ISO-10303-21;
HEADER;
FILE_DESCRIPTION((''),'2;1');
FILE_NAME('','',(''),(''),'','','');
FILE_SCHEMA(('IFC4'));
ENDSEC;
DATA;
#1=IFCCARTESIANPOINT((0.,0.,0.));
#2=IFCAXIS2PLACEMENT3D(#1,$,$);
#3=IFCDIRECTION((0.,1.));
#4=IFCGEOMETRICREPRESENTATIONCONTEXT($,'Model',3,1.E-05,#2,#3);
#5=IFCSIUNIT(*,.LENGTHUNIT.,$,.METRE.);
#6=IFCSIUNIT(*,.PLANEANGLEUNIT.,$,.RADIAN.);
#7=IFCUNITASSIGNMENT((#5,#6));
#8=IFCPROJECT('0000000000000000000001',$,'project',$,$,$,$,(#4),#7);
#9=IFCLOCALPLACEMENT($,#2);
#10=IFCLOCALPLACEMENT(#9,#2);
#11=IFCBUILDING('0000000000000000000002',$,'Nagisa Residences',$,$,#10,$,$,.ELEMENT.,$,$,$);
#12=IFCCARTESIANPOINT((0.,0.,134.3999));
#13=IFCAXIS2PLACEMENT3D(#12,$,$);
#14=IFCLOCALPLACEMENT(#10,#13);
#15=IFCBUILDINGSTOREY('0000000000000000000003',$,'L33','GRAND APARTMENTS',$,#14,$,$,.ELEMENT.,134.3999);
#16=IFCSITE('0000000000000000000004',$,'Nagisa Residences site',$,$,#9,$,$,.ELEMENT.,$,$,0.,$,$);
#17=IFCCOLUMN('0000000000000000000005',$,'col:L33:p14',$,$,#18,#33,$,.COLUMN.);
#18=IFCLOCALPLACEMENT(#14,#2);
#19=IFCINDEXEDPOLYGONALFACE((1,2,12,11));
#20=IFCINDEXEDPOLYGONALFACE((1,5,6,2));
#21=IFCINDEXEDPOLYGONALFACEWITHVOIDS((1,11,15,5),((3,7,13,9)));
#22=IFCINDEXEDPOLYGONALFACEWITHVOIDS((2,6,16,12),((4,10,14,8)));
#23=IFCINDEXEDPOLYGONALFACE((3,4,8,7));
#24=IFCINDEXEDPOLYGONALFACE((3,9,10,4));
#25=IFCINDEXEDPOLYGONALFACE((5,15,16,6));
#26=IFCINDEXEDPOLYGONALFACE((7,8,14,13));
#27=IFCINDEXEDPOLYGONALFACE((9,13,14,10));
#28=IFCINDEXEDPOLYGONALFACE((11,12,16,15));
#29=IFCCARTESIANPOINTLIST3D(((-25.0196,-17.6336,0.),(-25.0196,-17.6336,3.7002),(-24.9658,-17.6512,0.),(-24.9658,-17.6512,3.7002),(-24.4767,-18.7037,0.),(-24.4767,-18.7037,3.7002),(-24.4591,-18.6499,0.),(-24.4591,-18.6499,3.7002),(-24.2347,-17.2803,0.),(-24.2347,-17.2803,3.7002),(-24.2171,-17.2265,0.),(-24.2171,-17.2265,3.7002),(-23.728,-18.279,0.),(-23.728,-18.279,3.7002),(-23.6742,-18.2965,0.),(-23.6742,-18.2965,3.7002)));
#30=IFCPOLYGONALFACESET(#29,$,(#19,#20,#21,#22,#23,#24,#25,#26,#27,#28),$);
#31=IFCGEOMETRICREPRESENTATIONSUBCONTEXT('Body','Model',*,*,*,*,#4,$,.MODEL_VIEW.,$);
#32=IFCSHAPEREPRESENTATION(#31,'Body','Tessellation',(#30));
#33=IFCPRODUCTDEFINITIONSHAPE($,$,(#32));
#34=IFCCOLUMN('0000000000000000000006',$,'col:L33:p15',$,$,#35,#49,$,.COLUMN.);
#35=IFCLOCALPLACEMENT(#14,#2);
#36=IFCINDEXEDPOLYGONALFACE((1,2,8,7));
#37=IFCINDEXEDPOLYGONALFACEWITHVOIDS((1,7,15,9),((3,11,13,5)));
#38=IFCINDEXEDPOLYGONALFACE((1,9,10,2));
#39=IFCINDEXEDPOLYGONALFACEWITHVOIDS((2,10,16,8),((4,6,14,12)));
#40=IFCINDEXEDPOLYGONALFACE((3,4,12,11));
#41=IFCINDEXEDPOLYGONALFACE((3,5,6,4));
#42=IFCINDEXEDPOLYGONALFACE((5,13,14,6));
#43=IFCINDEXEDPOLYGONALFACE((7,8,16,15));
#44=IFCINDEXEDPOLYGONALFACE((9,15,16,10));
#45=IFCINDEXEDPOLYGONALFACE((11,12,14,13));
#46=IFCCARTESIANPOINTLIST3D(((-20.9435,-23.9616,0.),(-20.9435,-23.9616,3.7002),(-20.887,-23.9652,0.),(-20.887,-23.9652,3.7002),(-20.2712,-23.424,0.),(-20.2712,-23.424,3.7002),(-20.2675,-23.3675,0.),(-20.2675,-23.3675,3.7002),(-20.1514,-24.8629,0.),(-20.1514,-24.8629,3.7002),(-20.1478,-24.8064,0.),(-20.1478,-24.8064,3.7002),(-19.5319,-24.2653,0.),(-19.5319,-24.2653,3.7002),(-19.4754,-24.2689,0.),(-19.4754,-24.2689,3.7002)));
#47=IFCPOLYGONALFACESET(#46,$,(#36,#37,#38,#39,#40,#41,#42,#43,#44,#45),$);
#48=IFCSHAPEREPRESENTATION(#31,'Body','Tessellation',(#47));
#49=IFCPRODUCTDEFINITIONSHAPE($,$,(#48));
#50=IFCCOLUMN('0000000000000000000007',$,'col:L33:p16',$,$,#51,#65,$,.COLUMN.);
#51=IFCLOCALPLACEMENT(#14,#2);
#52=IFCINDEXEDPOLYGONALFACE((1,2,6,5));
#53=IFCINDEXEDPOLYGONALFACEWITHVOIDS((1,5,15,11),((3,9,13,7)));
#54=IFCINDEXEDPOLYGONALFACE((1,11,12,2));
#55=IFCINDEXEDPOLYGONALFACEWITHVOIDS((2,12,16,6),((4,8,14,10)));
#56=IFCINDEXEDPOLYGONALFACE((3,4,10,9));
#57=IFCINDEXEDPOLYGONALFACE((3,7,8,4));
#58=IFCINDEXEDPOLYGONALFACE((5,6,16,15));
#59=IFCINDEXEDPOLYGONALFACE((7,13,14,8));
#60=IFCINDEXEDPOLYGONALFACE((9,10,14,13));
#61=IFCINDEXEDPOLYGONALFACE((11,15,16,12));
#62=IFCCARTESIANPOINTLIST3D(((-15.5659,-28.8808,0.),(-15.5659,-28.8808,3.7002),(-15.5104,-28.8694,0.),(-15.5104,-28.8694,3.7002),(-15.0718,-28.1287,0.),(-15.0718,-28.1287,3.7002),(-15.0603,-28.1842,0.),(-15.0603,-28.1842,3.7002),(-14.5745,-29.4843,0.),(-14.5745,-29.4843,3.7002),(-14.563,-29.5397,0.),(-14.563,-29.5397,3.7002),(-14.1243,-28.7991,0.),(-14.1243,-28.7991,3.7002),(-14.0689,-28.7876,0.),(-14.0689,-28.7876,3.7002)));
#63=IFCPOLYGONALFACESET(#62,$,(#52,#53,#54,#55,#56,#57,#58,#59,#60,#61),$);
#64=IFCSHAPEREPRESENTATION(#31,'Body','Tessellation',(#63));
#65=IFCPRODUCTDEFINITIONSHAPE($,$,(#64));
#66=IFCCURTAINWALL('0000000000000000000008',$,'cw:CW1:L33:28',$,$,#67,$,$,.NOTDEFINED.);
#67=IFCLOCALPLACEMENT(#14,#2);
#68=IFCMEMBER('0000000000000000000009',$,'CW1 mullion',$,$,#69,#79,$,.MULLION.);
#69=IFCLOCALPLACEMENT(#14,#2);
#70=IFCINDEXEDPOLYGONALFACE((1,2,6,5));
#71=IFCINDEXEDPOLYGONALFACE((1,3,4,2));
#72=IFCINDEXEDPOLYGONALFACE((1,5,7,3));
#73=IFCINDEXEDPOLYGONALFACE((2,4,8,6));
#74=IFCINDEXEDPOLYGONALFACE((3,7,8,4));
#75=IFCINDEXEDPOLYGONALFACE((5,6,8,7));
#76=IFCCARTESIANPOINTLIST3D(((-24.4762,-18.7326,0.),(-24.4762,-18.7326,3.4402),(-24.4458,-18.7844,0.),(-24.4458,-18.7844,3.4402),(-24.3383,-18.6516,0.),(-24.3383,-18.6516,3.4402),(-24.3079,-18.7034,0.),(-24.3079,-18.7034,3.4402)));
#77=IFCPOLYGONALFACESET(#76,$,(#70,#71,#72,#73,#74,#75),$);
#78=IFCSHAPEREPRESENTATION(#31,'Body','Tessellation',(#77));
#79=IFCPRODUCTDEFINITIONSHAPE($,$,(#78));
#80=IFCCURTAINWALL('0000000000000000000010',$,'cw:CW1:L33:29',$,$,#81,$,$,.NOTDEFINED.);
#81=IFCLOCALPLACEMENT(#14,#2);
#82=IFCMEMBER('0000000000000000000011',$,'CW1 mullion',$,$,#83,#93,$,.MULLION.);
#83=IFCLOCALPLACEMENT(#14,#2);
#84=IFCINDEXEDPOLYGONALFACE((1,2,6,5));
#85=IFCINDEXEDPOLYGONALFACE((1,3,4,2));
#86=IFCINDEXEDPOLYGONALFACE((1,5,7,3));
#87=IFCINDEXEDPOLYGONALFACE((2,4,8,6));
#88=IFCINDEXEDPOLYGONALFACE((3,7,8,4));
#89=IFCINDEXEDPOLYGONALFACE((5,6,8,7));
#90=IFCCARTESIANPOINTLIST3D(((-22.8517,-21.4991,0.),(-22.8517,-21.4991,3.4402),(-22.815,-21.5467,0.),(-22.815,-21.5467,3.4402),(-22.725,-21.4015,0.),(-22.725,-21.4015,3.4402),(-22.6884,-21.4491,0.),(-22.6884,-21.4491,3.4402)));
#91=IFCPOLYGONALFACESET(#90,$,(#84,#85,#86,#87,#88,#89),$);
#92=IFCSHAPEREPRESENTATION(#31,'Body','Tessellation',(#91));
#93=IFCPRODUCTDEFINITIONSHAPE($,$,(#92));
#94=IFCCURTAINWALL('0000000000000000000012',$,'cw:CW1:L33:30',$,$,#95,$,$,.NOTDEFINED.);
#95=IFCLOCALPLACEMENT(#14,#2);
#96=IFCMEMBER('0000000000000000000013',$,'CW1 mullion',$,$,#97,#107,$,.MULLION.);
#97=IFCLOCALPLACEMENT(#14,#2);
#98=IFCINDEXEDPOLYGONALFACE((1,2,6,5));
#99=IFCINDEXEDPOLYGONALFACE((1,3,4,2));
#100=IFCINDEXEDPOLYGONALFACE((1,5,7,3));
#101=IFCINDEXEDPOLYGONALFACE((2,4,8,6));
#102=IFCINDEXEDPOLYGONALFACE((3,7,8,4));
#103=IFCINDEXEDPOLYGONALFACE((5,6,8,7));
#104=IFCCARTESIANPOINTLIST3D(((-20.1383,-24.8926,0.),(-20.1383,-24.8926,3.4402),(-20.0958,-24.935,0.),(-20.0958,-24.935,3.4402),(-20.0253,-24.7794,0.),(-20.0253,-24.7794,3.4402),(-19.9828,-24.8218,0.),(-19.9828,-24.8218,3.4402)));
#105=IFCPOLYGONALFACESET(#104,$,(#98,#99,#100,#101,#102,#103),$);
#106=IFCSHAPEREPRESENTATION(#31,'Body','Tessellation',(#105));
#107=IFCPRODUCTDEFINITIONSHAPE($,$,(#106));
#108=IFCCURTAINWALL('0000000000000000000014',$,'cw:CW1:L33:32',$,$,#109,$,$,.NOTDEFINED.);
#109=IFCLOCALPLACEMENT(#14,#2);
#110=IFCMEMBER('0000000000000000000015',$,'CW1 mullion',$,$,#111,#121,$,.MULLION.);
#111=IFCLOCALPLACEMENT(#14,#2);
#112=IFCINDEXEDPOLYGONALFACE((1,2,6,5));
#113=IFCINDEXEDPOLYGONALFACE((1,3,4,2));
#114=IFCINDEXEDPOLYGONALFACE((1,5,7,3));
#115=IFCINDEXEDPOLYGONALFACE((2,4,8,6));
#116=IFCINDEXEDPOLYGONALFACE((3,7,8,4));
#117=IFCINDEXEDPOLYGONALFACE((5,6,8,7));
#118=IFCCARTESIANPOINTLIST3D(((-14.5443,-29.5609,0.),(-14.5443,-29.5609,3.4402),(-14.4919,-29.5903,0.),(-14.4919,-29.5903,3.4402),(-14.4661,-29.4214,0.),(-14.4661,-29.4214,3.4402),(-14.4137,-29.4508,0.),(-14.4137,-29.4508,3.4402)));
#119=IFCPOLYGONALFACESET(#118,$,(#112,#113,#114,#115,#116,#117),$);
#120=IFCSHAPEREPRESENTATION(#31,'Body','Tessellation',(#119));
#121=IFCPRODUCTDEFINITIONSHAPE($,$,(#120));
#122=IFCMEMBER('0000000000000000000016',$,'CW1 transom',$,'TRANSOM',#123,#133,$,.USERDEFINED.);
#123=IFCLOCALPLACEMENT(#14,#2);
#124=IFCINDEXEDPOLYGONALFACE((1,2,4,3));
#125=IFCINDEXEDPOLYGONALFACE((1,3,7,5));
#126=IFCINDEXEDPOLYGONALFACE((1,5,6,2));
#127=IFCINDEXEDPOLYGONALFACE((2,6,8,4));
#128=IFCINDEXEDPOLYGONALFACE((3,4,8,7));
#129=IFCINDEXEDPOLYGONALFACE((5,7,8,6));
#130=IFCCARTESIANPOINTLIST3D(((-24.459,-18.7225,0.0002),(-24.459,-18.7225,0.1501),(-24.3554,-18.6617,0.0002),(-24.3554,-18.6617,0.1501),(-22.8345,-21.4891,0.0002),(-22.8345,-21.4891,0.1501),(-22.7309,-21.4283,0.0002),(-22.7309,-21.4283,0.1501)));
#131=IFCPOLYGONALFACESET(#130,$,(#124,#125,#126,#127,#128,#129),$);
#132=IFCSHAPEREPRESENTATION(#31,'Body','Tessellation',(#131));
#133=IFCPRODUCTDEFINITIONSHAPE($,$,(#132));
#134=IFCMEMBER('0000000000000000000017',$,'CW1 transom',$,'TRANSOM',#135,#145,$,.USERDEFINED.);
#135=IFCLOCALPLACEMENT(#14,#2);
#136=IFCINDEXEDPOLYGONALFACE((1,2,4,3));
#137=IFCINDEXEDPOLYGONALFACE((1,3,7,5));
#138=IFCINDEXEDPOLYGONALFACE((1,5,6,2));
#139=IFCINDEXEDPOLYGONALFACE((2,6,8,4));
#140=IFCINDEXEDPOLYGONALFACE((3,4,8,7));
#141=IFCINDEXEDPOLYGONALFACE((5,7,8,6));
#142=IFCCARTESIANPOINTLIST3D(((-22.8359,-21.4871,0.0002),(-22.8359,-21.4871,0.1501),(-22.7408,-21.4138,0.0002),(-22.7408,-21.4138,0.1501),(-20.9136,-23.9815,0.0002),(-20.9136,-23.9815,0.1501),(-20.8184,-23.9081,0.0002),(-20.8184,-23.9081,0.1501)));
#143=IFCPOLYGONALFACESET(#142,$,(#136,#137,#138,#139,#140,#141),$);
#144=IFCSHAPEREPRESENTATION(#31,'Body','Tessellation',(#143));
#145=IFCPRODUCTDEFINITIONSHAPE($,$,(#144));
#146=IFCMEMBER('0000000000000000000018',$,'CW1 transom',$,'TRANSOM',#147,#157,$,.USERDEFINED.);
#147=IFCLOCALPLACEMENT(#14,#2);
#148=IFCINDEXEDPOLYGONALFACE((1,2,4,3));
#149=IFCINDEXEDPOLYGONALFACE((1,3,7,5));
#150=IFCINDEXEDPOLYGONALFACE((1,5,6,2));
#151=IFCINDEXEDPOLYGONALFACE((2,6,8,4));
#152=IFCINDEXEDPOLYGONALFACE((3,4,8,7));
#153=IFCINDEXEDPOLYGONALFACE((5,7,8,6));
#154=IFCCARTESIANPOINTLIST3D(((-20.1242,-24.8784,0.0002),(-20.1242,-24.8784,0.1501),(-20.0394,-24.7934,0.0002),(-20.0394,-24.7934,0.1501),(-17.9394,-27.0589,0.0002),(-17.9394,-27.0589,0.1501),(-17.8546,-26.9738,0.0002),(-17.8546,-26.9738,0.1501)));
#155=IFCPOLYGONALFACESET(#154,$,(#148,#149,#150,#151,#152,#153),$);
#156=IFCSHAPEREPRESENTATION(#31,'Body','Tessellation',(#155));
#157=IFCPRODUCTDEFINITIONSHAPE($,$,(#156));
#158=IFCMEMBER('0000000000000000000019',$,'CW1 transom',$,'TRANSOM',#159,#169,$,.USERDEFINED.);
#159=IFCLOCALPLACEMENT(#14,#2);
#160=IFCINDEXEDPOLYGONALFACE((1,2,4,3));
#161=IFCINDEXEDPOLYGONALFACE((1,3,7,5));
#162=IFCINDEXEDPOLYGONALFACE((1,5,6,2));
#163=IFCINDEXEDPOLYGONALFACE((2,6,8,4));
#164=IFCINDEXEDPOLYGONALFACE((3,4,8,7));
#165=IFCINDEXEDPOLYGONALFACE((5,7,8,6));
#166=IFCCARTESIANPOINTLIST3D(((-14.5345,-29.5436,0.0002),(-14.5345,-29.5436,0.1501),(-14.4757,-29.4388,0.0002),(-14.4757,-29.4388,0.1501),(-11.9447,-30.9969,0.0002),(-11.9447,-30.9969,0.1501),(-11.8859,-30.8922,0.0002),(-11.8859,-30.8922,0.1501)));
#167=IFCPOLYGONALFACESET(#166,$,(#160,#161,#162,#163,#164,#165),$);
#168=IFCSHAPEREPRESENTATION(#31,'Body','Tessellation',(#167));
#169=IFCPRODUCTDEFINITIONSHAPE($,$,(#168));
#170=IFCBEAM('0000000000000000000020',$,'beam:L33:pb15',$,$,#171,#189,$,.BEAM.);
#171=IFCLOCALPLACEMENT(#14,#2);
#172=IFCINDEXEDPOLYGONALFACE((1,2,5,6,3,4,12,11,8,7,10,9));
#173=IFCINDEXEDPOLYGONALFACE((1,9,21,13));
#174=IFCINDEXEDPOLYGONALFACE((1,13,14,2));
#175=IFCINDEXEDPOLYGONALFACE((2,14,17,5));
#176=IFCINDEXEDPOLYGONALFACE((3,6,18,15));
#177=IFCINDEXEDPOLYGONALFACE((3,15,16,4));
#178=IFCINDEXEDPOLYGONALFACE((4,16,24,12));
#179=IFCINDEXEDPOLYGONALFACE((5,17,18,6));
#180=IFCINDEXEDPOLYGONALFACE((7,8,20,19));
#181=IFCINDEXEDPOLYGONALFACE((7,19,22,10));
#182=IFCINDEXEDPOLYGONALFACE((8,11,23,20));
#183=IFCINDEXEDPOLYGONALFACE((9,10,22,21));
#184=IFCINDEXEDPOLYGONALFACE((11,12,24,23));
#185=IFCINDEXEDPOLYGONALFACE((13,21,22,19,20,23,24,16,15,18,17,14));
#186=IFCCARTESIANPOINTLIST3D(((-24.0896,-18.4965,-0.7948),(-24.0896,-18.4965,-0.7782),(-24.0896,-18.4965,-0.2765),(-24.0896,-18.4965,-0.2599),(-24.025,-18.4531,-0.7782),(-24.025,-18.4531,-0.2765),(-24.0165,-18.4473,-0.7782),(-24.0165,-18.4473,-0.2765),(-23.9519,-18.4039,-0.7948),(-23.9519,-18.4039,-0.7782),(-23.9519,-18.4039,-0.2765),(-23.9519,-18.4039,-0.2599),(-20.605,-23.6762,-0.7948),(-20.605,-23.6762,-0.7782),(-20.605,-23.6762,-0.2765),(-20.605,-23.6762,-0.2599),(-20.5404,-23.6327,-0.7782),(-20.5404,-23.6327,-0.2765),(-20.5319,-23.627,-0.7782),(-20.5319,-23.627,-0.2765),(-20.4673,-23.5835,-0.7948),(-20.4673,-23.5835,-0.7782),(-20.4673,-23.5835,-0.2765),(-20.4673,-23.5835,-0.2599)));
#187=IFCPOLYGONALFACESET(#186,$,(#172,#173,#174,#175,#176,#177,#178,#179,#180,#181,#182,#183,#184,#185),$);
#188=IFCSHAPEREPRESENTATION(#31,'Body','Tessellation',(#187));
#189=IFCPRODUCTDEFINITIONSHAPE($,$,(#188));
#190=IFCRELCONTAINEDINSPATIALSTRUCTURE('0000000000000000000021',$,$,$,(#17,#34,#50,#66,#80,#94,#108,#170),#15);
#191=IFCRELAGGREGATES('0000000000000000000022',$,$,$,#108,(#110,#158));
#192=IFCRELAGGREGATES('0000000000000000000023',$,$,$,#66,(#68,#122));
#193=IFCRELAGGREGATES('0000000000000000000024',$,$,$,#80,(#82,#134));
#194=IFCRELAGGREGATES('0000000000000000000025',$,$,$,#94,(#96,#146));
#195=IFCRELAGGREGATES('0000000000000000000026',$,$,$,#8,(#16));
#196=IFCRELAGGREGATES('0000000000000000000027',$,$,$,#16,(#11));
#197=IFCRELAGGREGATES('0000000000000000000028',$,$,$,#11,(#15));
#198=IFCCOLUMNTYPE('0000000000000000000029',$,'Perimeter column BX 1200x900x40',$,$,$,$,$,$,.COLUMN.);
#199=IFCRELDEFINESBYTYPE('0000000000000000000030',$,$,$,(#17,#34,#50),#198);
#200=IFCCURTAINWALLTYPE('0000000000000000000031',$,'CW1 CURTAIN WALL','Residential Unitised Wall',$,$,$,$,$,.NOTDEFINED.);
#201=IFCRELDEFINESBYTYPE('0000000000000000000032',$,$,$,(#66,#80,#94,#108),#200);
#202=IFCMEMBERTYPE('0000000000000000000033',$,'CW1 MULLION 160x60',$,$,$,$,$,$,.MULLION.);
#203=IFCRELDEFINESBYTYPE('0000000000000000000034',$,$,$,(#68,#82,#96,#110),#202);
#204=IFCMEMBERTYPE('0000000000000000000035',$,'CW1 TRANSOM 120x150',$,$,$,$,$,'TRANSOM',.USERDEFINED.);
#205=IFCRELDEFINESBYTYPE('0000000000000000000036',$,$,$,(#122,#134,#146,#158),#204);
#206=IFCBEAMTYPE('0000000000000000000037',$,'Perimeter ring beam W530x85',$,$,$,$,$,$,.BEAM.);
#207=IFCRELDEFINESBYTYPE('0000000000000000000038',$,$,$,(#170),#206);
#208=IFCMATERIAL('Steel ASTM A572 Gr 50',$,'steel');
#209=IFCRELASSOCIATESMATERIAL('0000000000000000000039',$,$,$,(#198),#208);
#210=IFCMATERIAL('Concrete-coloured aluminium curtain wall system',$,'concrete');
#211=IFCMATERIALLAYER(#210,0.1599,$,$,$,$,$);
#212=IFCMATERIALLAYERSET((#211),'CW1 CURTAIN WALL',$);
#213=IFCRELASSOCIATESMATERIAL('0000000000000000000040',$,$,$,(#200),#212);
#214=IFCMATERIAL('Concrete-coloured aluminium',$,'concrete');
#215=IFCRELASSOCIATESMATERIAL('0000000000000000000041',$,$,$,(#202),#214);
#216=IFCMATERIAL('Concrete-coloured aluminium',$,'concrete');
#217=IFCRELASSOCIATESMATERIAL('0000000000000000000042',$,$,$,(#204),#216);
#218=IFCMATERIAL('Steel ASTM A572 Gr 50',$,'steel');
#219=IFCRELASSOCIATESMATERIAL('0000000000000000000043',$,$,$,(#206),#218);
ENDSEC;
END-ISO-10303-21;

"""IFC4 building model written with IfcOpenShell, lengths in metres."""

from ifc_helpers import new_model, si_unit, direction, frame, origin, origin_2d, place, context, subcontext, project, spatial, rectangle, hollow_rectangle, i_section, extrude, material, layer, layer_set, material_profile, profile_set, type_object, element, aggregate, save


model = new_model("IFC4")

# Units and contexts
model_context = context("Model", 3, precision=1e-05, world=origin(), true_north=direction((0.0, 1.0)))
body_context = subcontext(model_context, "Body", "Model", "MODEL_VIEW")
ifc_project = project(units=[si_unit("LENGTHUNIT", "METRE"), si_unit("PLANEANGLEUNIT", "RADIAN")], contexts=[model_context])

# Site, building, storey
site_placement = place(None, origin())
site = spatial("IfcSite", under=ifc_project, at=site_placement, Name="Nagisa Residences site", CompositionType="ELEMENT", RefElevation=0.0)
building_placement = place(site_placement, origin())
building = spatial("IfcBuilding", under=site, at=building_placement, Name="Nagisa Residences", CompositionType="ELEMENT")
storey_placement = place(building_placement, frame((0.0, 0.0, 134.3999)))
storey = spatial("IfcBuildingStorey", under=building, at=storey_placement, Name="L33", Description="GRAND APARTMENTS", CompositionType="ELEMENT", Elevation=134.3999)

# Columns
ifc_material_1 = material(Name="Steel ASTM A572 Gr 50", Category="steel")
ifc_material_profile_1 = material_profile(ifc_material_1, hollow_rectangle(XDim=1.2, YDim=0.8999, WallThickness=0.04, at=origin_2d()), Name="BX 1200x900x40")
ifc_profile_set_1 = profile_set([ifc_material_profile_1], Name="Steel ASTM A572 Gr 50")
column_type = type_object("IfcColumnType", Name="Perimeter column BX 1200x900x40", PredefinedType="COLUMN", material=ifc_profile_set_1)
for number, where, z_axis, x_axis, name in (
    (1, (-24.3469, -17.9651, 0.0), (0.0, 0.0, 1.0), (0.452463, -0.891783, 0.0), "col:L33:p14"),
    (2, (-20.2095, -24.1152, 0.0), (0.0, 0.0, 1.0), (0.660115, -0.751165, 0.0), "col:L33:p15"),
    (3, (-14.8174, -28.8342, 0.0), (0.0, 0.0, 1.0), (0.835766, -0.549086, 0.0), "col:L33:p16"),
):
    element("IfcColumn", number, at=place(storey_placement, frame(where, z_axis=z_axis, x_axis=x_axis)), inside=storey, type_object=column_type, Name=name, PredefinedType="COLUMN", context=body_context, shape_type="SweptSolid", body=[
        extrude(hollow_rectangle(XDim=1.2, YDim=0.8999, WallThickness=0.04, at=origin_2d()), origin(), (0.0, 0.0, 1.0), 3.7002),
    ])

# Curtain walls, members
ifc_material_2 = material(Name="Concrete-coloured aluminium curtain wall system", Category="concrete")
ifc_layer_1 = layer(ifc_material_2, 0.1599)
ifc_layer_set_1 = layer_set([ifc_layer_1], Name="CW1 CURTAIN WALL")
curtain_wall_type = type_object("IfcCurtainWallType", Name="CW1 CURTAIN WALL", Description="Residential Unitised Wall", PredefinedType="NOTDEFINED", material=ifc_layer_set_1)
curtain_wall_1_placement = place(storey_placement, origin())
curtain_wall_1 = element("IfcCurtainWall", 4, at=curtain_wall_1_placement, inside=storey, type_object=curtain_wall_type, Name="cw:CW1:L33:28", PredefinedType="NOTDEFINED")
ifc_material_3 = material(Name="Concrete-coloured aluminium", Category="concrete")
ifc_material_profile_2 = material_profile(ifc_material_3, rectangle(XDim=0.1599, YDim=0.0601, at=origin_2d()), Name="CW1 MULLION 160x60")
ifc_profile_set_2 = profile_set([ifc_material_profile_2], Name="Concrete-coloured aluminium")
member_type_1 = type_object("IfcMemberType", Name="CW1 MULLION 160x60", PredefinedType="MULLION", material=ifc_profile_set_2)
member_1_placement = place(storey_placement, frame((-24.3921, -18.718, 0.0), z_axis=(0.0, 0.0, 1.0), x_axis=(0.862329, 0.506349, 0.0)))
member_1 = element("IfcMember", 5, at=member_1_placement, type_object=member_type_1, Name="CW1 mullion", PredefinedType="MULLION", context=body_context, shape_type="SweptSolid", body=[
    extrude(rectangle(XDim=0.1599, YDim=0.0601, at=origin_2d()), origin(), (0.0, 0.0, 1.0), 3.4402),
])
curtain_wall_2_placement = place(storey_placement, origin())
curtain_wall_2 = element("IfcCurtainWall", 6, at=curtain_wall_2_placement, inside=storey, type_object=curtain_wall_type, Name="cw:CW1:L33:29", PredefinedType="NOTDEFINED")
member_2_placement = place(storey_placement, frame((-22.77, -21.4741, 0.0), z_axis=(0.0, 0.0, 1.0), x_axis=(0.79207, 0.61043, 0.0)))
member_2 = element("IfcMember", 7, at=member_2_placement, type_object=member_type_1, Name="CW1 mullion", PredefinedType="MULLION", context=body_context, shape_type="SweptSolid", body=[
    extrude(rectangle(XDim=0.1599, YDim=0.0601, at=origin_2d()), origin(), (0.0, 0.0, 1.0), 3.4402),
])
curtain_wall_3_placement = place(storey_placement, origin())
curtain_wall_3 = element("IfcCurtainWall", 8, at=curtain_wall_3_placement, inside=storey, type_object=curtain_wall_type, Name="cw:CW1:L33:30", PredefinedType="NOTDEFINED")
member_3_placement = place(storey_placement, frame((-20.0605, -24.8572, 0.0), z_axis=(0.0, 0.0, 1.0), x_axis=(0.706377, 0.707836, 0.0)))
member_3 = element("IfcMember", 9, at=member_3_placement, type_object=member_type_1, Name="CW1 mullion", PredefinedType="MULLION", context=body_context, shape_type="SweptSolid", body=[
    extrude(rectangle(XDim=0.1599, YDim=0.0601, at=origin_2d()), origin(), (0.0, 0.0, 1.0), 3.4402),
])
curtain_wall_4_placement = place(storey_placement, origin())
curtain_wall_4 = element("IfcCurtainWall", 10, at=curtain_wall_4_placement, inside=storey, type_object=curtain_wall_type, Name="cw:CW1:L33:32", PredefinedType="NOTDEFINED")
member_4_placement = place(storey_placement, frame((-14.479, -29.5059, 0.0), z_axis=(0.0, 0.0, 1.0), x_axis=(0.489377, 0.872072, 0.0)))
member_4 = element("IfcMember", 11, at=member_4_placement, type_object=member_type_1, Name="CW1 mullion", PredefinedType="MULLION", context=body_context, shape_type="SweptSolid", body=[
    extrude(rectangle(XDim=0.1599, YDim=0.0601, at=origin_2d()), origin(), (0.0, 0.0, 1.0), 3.4402),
])

# Members
ifc_material_4 = material(Name="Concrete-coloured aluminium", Category="concrete")
ifc_material_profile_3 = material_profile(ifc_material_4, rectangle(XDim=0.1201, YDim=0.1499, at=origin_2d()), Name="CW1 TRANSOM 120x150")
ifc_profile_set_3 = profile_set([ifc_material_profile_3], Name="Concrete-coloured aluminium")
member_type_2 = type_object("IfcMemberType", Name="CW1 TRANSOM 120x150", ElementType="TRANSOM", PredefinedType="USERDEFINED", material=ifc_profile_set_3)
member_5_placement = place(storey_placement, frame((-24.4072, -18.6921, 0.0752), z_axis=(0.506348, -0.862329, 0.0), x_axis=(0.862329, 0.506348, 0.0)))
member_5 = element("IfcMember", 12, at=member_5_placement, type_object=member_type_2, Name="CW1 transom", ObjectType="TRANSOM", PredefinedType="USERDEFINED", context=body_context, shape_type="SweptSolid", body=[
    extrude(rectangle(XDim=0.1201, YDim=0.1499, at=origin_2d()), origin(), (0.0, 0.0, 1.0), 3.2083),
])
member_6_placement = place(storey_placement, frame((-22.7883, -21.4504, 0.0752), z_axis=(0.61043, -0.79207, 0.0), x_axis=(0.79207, 0.61043, 0.0)))
member_6 = element("IfcMember", 13, at=member_6_placement, type_object=member_type_2, Name="CW1 transom", ObjectType="TRANSOM", PredefinedType="USERDEFINED", context=body_context, shape_type="SweptSolid", body=[
    extrude(rectangle(XDim=0.1201, YDim=0.1499, at=origin_2d()), origin(), (0.0, 0.0, 1.0), 3.1492),
])
member_7_placement = place(storey_placement, frame((-20.0818, -24.8359, 0.0752), z_axis=(0.707818, -0.706395, 0.0), x_axis=(0.706395, 0.707818, 0.0)))
member_7 = element("IfcMember", 14, at=member_7_placement, type_object=member_type_2, Name="CW1 transom", ObjectType="TRANSOM", PredefinedType="USERDEFINED", context=body_context, shape_type="SweptSolid", body=[
    extrude(rectangle(XDim=0.1201, YDim=0.1499, at=origin_2d()), origin(), (0.0, 0.0, 1.0), 3.0867),
])
member_8_placement = place(storey_placement, frame((-14.5051, -29.4912, 0.0752), z_axis=(0.872067, -0.489387, 0.0), x_axis=(0.489387, 0.872067, 0.0)))
member_8 = element("IfcMember", 15, at=member_8_placement, type_object=member_type_2, Name="CW1 transom", ObjectType="TRANSOM", PredefinedType="USERDEFINED", context=body_context, shape_type="SweptSolid", body=[
    extrude(rectangle(XDim=0.1201, YDim=0.1499, at=origin_2d()), origin(), (0.0, 0.0, 1.0), 2.9697),
])
aggregate(curtain_wall_4, [member_4, member_8])

# Beam
ifc_material_5 = material(Name="Steel ASTM A572 Gr 50", Category="steel")
ifc_material_profile_4 = material_profile(ifc_material_5, i_section(OverallWidth=0.166, OverallDepth=0.5349, WebThickness=0.0103, FlangeThickness=0.0166, at=origin_2d()), Name="W530x85")
ifc_profile_set_4 = profile_set([ifc_material_profile_4], Name="Steel ASTM A572 Gr 50")
beam_type_1 = type_object("IfcBeamType", Name="Perimeter ring beam W530x85", PredefinedType="BEAM", material=ifc_profile_set_4)
beam_1_placement = place(storey_placement, frame((-24.0208, -18.4502, -0.5273), z_axis=(0.558188, -0.829715, 0.0), x_axis=(0.829715, 0.558188, 0.0)))
element("IfcBeam", 16, at=beam_1_placement, inside=storey, type_object=beam_type_1, Name="beam:L33:pb15", PredefinedType="BEAM", context=body_context, shape_type="SweptSolid", body=[
    extrude(i_section(OverallWidth=0.166, OverallDepth=0.5349, WebThickness=0.0103, FlangeThickness=0.0166, at=origin_2d()), origin(), (0.0, 0.0, 1.0), 6.2427),
])

aggregate(curtain_wall_1, [member_1, member_5])
aggregate(curtain_wall_2, [member_2, member_6])
aggregate(curtain_wall_3, [member_3, member_7])

save(model, "model.ifc")
